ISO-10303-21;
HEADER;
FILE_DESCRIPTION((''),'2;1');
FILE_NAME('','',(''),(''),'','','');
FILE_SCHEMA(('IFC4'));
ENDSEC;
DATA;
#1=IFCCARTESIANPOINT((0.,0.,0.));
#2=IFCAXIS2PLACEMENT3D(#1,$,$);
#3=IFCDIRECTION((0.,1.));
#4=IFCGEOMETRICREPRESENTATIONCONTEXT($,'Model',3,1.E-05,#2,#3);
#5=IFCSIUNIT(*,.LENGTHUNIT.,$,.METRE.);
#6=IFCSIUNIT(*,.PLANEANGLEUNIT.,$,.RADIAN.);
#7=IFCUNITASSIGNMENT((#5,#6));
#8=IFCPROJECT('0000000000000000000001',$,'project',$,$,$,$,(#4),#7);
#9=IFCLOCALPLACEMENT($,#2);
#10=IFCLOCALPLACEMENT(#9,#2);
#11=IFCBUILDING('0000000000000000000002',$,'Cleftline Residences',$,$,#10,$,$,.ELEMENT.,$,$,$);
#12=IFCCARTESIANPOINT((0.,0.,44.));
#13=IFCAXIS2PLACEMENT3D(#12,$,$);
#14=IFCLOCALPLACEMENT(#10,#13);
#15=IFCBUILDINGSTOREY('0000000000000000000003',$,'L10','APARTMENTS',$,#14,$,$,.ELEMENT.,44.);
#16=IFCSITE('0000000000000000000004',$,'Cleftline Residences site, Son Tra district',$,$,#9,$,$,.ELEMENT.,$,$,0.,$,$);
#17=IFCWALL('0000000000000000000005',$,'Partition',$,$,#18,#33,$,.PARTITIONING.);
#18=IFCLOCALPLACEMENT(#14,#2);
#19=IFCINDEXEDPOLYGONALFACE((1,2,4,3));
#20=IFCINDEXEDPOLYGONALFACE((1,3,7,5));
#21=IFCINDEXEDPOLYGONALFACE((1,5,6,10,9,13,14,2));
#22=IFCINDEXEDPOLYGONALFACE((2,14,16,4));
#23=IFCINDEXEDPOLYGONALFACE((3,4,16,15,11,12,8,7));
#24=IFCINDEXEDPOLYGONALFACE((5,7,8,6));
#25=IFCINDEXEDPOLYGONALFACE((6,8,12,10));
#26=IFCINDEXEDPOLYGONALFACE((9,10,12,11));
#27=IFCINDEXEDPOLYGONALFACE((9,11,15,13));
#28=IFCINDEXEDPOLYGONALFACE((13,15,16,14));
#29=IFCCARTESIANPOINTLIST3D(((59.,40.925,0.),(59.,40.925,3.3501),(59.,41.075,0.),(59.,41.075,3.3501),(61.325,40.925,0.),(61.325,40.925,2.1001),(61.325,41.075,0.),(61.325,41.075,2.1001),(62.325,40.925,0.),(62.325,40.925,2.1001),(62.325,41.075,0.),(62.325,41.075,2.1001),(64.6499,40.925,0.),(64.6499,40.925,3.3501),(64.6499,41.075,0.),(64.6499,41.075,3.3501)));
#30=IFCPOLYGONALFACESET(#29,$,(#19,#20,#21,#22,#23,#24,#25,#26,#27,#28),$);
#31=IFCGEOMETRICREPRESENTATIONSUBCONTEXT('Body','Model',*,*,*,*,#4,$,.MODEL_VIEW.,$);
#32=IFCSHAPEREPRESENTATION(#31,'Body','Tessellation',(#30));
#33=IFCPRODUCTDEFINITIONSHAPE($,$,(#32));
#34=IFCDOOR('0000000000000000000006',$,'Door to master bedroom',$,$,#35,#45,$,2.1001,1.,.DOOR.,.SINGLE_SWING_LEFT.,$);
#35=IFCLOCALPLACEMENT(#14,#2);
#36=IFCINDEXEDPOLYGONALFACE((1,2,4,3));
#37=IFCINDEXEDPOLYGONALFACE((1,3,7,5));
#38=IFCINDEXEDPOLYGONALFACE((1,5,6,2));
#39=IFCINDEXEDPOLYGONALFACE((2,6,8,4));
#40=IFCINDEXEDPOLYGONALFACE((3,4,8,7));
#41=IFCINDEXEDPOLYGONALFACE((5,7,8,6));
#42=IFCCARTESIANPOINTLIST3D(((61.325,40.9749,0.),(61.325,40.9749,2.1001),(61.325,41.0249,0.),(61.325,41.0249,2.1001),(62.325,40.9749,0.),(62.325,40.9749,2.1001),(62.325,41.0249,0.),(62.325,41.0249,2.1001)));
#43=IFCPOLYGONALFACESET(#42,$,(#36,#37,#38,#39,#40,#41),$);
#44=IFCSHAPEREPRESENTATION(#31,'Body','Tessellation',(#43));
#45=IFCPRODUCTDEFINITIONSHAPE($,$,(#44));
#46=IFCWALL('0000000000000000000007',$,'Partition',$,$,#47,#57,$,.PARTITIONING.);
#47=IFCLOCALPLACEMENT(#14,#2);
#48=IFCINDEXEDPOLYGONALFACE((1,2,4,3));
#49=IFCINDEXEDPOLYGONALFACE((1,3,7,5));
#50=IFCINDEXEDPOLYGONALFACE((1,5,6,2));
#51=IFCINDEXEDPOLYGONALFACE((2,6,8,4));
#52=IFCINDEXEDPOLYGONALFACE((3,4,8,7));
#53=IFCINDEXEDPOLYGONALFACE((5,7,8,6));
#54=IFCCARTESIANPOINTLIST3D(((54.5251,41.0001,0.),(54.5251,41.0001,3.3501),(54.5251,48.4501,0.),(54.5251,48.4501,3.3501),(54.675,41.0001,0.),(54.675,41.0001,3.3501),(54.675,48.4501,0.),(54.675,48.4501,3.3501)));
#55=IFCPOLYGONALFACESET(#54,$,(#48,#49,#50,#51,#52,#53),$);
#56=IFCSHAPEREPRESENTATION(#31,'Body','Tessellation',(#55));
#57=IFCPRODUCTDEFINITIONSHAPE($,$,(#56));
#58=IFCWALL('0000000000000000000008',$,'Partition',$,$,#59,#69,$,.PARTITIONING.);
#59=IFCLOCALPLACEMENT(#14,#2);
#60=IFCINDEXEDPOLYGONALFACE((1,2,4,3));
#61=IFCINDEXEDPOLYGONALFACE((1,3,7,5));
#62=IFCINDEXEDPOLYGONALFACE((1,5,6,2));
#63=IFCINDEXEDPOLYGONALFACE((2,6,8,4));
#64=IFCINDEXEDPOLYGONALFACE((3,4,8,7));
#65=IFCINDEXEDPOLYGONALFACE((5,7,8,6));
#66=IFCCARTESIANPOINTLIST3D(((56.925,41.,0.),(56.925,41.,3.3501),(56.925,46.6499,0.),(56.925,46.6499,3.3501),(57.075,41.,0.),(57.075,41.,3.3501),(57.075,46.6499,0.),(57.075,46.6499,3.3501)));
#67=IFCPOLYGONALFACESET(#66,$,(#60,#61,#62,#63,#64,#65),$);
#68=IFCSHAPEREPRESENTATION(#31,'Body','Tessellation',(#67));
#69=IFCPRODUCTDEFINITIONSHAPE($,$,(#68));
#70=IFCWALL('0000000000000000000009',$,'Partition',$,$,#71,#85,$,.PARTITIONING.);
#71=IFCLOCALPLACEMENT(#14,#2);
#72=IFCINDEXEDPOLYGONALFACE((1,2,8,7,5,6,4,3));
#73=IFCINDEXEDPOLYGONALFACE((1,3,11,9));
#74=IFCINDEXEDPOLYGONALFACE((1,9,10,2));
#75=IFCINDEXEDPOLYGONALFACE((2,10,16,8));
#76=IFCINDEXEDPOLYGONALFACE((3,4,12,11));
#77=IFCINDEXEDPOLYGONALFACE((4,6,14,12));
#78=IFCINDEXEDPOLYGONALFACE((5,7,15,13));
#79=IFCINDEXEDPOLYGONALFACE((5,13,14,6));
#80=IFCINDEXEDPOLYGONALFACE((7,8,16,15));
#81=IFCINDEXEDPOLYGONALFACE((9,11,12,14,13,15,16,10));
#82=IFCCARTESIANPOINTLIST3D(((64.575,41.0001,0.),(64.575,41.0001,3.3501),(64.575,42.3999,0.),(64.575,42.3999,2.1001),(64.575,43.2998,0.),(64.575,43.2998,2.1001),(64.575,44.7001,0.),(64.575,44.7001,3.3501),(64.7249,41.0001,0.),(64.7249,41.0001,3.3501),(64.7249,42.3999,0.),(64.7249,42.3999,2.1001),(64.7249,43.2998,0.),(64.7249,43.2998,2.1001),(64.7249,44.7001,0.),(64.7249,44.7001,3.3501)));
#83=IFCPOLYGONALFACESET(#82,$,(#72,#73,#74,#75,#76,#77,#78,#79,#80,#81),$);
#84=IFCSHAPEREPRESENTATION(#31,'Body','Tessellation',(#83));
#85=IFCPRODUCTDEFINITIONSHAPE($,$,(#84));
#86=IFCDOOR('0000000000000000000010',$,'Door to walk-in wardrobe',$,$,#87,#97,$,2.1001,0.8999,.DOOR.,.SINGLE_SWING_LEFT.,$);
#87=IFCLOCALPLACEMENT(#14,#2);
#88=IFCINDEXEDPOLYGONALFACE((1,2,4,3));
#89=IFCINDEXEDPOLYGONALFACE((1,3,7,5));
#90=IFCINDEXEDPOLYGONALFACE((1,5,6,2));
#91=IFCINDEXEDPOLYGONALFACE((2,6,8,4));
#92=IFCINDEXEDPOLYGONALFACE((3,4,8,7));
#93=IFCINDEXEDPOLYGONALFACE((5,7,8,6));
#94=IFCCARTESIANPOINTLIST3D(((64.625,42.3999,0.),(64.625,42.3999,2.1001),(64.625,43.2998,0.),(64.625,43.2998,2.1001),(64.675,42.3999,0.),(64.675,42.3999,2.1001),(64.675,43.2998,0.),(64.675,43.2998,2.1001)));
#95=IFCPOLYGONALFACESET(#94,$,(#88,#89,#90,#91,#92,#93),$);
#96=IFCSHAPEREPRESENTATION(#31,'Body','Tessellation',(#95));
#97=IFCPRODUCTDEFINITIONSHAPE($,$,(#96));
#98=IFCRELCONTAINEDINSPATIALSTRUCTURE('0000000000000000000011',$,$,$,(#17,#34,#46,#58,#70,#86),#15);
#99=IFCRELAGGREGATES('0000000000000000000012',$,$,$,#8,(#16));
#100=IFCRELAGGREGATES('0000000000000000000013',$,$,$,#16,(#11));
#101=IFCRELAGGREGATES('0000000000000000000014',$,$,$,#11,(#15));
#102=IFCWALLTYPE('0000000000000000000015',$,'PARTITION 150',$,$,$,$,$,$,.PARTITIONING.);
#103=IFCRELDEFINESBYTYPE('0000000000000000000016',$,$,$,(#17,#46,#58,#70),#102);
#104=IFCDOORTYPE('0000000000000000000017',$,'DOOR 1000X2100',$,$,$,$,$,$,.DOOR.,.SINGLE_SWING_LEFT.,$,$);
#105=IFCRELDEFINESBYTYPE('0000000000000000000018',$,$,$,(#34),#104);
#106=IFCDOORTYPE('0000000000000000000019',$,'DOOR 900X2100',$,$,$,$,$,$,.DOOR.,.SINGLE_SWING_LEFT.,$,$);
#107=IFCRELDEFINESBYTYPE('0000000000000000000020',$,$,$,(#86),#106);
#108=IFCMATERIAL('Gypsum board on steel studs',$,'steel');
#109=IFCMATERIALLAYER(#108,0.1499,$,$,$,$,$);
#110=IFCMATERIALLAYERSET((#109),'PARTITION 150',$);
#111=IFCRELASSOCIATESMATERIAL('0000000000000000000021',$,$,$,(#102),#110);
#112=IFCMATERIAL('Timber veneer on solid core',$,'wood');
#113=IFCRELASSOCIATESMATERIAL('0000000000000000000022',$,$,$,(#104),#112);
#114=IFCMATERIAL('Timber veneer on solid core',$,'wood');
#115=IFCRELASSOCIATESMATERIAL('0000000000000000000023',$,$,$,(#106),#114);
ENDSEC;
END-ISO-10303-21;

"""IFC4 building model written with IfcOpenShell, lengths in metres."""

from ifc_helpers import new_model, si_unit, direction, frame, frame_2d, origin, place, context, subcontext, project, spatial, rectangle, extrude, material, layer, layer_set, type_object, element, fill, save


model = new_model("IFC4")

# Units and contexts
model_context = context("Model", 3, precision=1e-05, world=origin(), true_north=direction((0.0, 1.0)))
body_context = subcontext(model_context, "Body", "Model", "MODEL_VIEW")
ifc_project = project(units=[si_unit("LENGTHUNIT", "METRE"), si_unit("PLANEANGLEUNIT", "RADIAN")], contexts=[model_context])

# Site, building, storey
site_placement = place(None, origin())
site = spatial("IfcSite", under=ifc_project, at=site_placement, Name="Cleftline Residences site, Son Tra district", CompositionType="ELEMENT", RefElevation=0.0)
building_placement = place(site_placement, origin())
building = spatial("IfcBuilding", under=site, at=building_placement, Name="Cleftline Residences", CompositionType="ELEMENT")
storey_placement = place(building_placement, frame((0.0, 0.0, 44.0)))
storey = spatial("IfcBuildingStorey", under=building, at=storey_placement, Name="L10", Description="APARTMENTS", CompositionType="ELEMENT", Elevation=44.0)

# Wall, opening, door
ifc_material_1 = material(Name="Gypsum board on steel studs", Category="steel")
ifc_layer_1 = layer(ifc_material_1, 0.1499)
ifc_layer_set_1 = layer_set([ifc_layer_1], Name="PARTITION 150")
wall_type_1 = type_object("IfcWallType", Name="PARTITION 150", PredefinedType="PARTITIONING", material=ifc_layer_set_1)
wall_1_placement = place(storey_placement, frame((59.0, 41.0, 0.0), z_axis=(0.0, 0.0, 1.0), x_axis=(1.0, 0.0, 0.0)))
wall_1 = element("IfcWall", 1, at=wall_1_placement, inside=storey, type_object=wall_type_1, Name="Partition", PredefinedType="PARTITIONING", context=body_context, shape_type="SweptSolid", body=[
    extrude(rectangle(XDim=5.6499, YDim=0.1499, at=frame_2d((2.825, 0.0))), origin(), (0.0, 0.0, 1.0), 3.3501),
])
opening_1_placement = place(wall_1_placement, frame((2.325, 0.0, 0.0)))
opening_1 = element("IfcOpeningElement", 2, at=opening_1_placement, cuts=wall_1, PredefinedType="OPENING", context=body_context, shape_type="SweptSolid", body=[
    extrude(rectangle(XDim=1.0, YDim=2.1001, at=frame_2d((0.5, 1.05))), frame((0.0, 0.085, 0.0), z_axis=(0.0, -1.0, 0.0), x_axis=(1.0, 0.0, 0.0)), (0.0, 0.0, 1.0), 0.1699),
])
ifc_material_2 = material(Name="Timber veneer on solid core", Category="wood")
door_type_1 = type_object("IfcDoorType", Name="DOOR 1000X2100", OperationType="SINGLE_SWING_LEFT", PredefinedType="DOOR", material=ifc_material_2)
door_1_placement = place(opening_1_placement, origin())
door_1 = element("IfcDoor", 3, at=door_1_placement, inside=storey, type_object=door_type_1, Name="Door to master bedroom", OperationType="SINGLE_SWING_LEFT", OverallHeight=2.1001, OverallWidth=1.0, PredefinedType="DOOR", context=body_context, shape_type="SweptSolid", body=[
    extrude(rectangle(XDim=1.0, YDim=2.1001, at=frame_2d((0.5, 1.05))), frame((0.0, 0.0249, 0.0), z_axis=(0.0, -1.0, 0.0), x_axis=(1.0, 0.0, 0.0)), (0.0, 0.0, 1.0), 0.05),
])
fill(opening_1, door_1)

# Walls
wall_2_placement = place(storey_placement, frame((54.6001, 41.0, 0.0), z_axis=(0.0, 0.0, 1.0), x_axis=(0.0, 1.0, 0.0)))
element("IfcWall", 4, at=wall_2_placement, inside=storey, type_object=wall_type_1, Name="Partition", PredefinedType="PARTITIONING", context=body_context, shape_type="SweptSolid", body=[
    extrude(rectangle(XDim=7.45, YDim=0.1499, at=frame_2d((3.7251, 0.0))), origin(), (0.0, 0.0, 1.0), 3.3501),
])
wall_3_placement = place(storey_placement, frame((57.0, 41.0, 0.0), z_axis=(0.0, 0.0, 1.0), x_axis=(0.0, 1.0, 0.0)))
element("IfcWall", 5, at=wall_3_placement, inside=storey, type_object=wall_type_1, Name="Partition", PredefinedType="PARTITIONING", context=body_context, shape_type="SweptSolid", body=[
    extrude(rectangle(XDim=5.6499, YDim=0.1499, at=frame_2d((2.825, 0.0))), origin(), (0.0, 0.0, 1.0), 3.3501),
])

# Wall, opening, door
wall_4_placement = place(storey_placement, frame((64.6499, 41.0, 0.0), z_axis=(0.0, 0.0, 1.0), x_axis=(0.0, 1.0, 0.0)))
wall_4 = element("IfcWall", 6, at=wall_4_placement, inside=storey, type_object=wall_type_1, Name="Partition", PredefinedType="PARTITIONING", context=body_context, shape_type="SweptSolid", body=[
    extrude(rectangle(XDim=3.7, YDim=0.1499, at=frame_2d((1.8501, 0.0))), origin(), (0.0, 0.0, 1.0), 3.3501),
])
opening_2_placement = place(wall_4_placement, frame((1.3999, 0.0, 0.0)))
opening_2 = element("IfcOpeningElement", 7, at=opening_2_placement, cuts=wall_4, PredefinedType="OPENING", context=body_context, shape_type="SweptSolid", body=[
    extrude(rectangle(XDim=0.8999, YDim=2.1001, at=frame_2d((0.45, 1.05))), frame((0.0, 0.085, 0.0), z_axis=(0.0, -1.0, 0.0), x_axis=(1.0, 0.0, 0.0)), (0.0, 0.0, 1.0), 0.1699),
])
ifc_material_3 = material(Name="Timber veneer on solid core", Category="wood")
door_type_2 = type_object("IfcDoorType", Name="DOOR 900X2100", OperationType="SINGLE_SWING_LEFT", PredefinedType="DOOR", material=ifc_material_3)
door_2_placement = place(opening_2_placement, origin())
door_2 = element("IfcDoor", 8, at=door_2_placement, inside=storey, type_object=door_type_2, Name="Door to walk-in wardrobe", OperationType="SINGLE_SWING_LEFT", OverallHeight=2.1001, OverallWidth=0.8999, PredefinedType="DOOR", context=body_context, shape_type="SweptSolid", body=[
    extrude(rectangle(XDim=0.8999, YDim=2.1001, at=frame_2d((0.45, 1.05))), frame((0.0, 0.0249, 0.0), z_axis=(0.0, -1.0, 0.0), x_axis=(1.0, 0.0, 0.0)), (0.0, 0.0, 1.0), 0.05),
])
fill(opening_2, door_2)

save(model, "model.ifc")
